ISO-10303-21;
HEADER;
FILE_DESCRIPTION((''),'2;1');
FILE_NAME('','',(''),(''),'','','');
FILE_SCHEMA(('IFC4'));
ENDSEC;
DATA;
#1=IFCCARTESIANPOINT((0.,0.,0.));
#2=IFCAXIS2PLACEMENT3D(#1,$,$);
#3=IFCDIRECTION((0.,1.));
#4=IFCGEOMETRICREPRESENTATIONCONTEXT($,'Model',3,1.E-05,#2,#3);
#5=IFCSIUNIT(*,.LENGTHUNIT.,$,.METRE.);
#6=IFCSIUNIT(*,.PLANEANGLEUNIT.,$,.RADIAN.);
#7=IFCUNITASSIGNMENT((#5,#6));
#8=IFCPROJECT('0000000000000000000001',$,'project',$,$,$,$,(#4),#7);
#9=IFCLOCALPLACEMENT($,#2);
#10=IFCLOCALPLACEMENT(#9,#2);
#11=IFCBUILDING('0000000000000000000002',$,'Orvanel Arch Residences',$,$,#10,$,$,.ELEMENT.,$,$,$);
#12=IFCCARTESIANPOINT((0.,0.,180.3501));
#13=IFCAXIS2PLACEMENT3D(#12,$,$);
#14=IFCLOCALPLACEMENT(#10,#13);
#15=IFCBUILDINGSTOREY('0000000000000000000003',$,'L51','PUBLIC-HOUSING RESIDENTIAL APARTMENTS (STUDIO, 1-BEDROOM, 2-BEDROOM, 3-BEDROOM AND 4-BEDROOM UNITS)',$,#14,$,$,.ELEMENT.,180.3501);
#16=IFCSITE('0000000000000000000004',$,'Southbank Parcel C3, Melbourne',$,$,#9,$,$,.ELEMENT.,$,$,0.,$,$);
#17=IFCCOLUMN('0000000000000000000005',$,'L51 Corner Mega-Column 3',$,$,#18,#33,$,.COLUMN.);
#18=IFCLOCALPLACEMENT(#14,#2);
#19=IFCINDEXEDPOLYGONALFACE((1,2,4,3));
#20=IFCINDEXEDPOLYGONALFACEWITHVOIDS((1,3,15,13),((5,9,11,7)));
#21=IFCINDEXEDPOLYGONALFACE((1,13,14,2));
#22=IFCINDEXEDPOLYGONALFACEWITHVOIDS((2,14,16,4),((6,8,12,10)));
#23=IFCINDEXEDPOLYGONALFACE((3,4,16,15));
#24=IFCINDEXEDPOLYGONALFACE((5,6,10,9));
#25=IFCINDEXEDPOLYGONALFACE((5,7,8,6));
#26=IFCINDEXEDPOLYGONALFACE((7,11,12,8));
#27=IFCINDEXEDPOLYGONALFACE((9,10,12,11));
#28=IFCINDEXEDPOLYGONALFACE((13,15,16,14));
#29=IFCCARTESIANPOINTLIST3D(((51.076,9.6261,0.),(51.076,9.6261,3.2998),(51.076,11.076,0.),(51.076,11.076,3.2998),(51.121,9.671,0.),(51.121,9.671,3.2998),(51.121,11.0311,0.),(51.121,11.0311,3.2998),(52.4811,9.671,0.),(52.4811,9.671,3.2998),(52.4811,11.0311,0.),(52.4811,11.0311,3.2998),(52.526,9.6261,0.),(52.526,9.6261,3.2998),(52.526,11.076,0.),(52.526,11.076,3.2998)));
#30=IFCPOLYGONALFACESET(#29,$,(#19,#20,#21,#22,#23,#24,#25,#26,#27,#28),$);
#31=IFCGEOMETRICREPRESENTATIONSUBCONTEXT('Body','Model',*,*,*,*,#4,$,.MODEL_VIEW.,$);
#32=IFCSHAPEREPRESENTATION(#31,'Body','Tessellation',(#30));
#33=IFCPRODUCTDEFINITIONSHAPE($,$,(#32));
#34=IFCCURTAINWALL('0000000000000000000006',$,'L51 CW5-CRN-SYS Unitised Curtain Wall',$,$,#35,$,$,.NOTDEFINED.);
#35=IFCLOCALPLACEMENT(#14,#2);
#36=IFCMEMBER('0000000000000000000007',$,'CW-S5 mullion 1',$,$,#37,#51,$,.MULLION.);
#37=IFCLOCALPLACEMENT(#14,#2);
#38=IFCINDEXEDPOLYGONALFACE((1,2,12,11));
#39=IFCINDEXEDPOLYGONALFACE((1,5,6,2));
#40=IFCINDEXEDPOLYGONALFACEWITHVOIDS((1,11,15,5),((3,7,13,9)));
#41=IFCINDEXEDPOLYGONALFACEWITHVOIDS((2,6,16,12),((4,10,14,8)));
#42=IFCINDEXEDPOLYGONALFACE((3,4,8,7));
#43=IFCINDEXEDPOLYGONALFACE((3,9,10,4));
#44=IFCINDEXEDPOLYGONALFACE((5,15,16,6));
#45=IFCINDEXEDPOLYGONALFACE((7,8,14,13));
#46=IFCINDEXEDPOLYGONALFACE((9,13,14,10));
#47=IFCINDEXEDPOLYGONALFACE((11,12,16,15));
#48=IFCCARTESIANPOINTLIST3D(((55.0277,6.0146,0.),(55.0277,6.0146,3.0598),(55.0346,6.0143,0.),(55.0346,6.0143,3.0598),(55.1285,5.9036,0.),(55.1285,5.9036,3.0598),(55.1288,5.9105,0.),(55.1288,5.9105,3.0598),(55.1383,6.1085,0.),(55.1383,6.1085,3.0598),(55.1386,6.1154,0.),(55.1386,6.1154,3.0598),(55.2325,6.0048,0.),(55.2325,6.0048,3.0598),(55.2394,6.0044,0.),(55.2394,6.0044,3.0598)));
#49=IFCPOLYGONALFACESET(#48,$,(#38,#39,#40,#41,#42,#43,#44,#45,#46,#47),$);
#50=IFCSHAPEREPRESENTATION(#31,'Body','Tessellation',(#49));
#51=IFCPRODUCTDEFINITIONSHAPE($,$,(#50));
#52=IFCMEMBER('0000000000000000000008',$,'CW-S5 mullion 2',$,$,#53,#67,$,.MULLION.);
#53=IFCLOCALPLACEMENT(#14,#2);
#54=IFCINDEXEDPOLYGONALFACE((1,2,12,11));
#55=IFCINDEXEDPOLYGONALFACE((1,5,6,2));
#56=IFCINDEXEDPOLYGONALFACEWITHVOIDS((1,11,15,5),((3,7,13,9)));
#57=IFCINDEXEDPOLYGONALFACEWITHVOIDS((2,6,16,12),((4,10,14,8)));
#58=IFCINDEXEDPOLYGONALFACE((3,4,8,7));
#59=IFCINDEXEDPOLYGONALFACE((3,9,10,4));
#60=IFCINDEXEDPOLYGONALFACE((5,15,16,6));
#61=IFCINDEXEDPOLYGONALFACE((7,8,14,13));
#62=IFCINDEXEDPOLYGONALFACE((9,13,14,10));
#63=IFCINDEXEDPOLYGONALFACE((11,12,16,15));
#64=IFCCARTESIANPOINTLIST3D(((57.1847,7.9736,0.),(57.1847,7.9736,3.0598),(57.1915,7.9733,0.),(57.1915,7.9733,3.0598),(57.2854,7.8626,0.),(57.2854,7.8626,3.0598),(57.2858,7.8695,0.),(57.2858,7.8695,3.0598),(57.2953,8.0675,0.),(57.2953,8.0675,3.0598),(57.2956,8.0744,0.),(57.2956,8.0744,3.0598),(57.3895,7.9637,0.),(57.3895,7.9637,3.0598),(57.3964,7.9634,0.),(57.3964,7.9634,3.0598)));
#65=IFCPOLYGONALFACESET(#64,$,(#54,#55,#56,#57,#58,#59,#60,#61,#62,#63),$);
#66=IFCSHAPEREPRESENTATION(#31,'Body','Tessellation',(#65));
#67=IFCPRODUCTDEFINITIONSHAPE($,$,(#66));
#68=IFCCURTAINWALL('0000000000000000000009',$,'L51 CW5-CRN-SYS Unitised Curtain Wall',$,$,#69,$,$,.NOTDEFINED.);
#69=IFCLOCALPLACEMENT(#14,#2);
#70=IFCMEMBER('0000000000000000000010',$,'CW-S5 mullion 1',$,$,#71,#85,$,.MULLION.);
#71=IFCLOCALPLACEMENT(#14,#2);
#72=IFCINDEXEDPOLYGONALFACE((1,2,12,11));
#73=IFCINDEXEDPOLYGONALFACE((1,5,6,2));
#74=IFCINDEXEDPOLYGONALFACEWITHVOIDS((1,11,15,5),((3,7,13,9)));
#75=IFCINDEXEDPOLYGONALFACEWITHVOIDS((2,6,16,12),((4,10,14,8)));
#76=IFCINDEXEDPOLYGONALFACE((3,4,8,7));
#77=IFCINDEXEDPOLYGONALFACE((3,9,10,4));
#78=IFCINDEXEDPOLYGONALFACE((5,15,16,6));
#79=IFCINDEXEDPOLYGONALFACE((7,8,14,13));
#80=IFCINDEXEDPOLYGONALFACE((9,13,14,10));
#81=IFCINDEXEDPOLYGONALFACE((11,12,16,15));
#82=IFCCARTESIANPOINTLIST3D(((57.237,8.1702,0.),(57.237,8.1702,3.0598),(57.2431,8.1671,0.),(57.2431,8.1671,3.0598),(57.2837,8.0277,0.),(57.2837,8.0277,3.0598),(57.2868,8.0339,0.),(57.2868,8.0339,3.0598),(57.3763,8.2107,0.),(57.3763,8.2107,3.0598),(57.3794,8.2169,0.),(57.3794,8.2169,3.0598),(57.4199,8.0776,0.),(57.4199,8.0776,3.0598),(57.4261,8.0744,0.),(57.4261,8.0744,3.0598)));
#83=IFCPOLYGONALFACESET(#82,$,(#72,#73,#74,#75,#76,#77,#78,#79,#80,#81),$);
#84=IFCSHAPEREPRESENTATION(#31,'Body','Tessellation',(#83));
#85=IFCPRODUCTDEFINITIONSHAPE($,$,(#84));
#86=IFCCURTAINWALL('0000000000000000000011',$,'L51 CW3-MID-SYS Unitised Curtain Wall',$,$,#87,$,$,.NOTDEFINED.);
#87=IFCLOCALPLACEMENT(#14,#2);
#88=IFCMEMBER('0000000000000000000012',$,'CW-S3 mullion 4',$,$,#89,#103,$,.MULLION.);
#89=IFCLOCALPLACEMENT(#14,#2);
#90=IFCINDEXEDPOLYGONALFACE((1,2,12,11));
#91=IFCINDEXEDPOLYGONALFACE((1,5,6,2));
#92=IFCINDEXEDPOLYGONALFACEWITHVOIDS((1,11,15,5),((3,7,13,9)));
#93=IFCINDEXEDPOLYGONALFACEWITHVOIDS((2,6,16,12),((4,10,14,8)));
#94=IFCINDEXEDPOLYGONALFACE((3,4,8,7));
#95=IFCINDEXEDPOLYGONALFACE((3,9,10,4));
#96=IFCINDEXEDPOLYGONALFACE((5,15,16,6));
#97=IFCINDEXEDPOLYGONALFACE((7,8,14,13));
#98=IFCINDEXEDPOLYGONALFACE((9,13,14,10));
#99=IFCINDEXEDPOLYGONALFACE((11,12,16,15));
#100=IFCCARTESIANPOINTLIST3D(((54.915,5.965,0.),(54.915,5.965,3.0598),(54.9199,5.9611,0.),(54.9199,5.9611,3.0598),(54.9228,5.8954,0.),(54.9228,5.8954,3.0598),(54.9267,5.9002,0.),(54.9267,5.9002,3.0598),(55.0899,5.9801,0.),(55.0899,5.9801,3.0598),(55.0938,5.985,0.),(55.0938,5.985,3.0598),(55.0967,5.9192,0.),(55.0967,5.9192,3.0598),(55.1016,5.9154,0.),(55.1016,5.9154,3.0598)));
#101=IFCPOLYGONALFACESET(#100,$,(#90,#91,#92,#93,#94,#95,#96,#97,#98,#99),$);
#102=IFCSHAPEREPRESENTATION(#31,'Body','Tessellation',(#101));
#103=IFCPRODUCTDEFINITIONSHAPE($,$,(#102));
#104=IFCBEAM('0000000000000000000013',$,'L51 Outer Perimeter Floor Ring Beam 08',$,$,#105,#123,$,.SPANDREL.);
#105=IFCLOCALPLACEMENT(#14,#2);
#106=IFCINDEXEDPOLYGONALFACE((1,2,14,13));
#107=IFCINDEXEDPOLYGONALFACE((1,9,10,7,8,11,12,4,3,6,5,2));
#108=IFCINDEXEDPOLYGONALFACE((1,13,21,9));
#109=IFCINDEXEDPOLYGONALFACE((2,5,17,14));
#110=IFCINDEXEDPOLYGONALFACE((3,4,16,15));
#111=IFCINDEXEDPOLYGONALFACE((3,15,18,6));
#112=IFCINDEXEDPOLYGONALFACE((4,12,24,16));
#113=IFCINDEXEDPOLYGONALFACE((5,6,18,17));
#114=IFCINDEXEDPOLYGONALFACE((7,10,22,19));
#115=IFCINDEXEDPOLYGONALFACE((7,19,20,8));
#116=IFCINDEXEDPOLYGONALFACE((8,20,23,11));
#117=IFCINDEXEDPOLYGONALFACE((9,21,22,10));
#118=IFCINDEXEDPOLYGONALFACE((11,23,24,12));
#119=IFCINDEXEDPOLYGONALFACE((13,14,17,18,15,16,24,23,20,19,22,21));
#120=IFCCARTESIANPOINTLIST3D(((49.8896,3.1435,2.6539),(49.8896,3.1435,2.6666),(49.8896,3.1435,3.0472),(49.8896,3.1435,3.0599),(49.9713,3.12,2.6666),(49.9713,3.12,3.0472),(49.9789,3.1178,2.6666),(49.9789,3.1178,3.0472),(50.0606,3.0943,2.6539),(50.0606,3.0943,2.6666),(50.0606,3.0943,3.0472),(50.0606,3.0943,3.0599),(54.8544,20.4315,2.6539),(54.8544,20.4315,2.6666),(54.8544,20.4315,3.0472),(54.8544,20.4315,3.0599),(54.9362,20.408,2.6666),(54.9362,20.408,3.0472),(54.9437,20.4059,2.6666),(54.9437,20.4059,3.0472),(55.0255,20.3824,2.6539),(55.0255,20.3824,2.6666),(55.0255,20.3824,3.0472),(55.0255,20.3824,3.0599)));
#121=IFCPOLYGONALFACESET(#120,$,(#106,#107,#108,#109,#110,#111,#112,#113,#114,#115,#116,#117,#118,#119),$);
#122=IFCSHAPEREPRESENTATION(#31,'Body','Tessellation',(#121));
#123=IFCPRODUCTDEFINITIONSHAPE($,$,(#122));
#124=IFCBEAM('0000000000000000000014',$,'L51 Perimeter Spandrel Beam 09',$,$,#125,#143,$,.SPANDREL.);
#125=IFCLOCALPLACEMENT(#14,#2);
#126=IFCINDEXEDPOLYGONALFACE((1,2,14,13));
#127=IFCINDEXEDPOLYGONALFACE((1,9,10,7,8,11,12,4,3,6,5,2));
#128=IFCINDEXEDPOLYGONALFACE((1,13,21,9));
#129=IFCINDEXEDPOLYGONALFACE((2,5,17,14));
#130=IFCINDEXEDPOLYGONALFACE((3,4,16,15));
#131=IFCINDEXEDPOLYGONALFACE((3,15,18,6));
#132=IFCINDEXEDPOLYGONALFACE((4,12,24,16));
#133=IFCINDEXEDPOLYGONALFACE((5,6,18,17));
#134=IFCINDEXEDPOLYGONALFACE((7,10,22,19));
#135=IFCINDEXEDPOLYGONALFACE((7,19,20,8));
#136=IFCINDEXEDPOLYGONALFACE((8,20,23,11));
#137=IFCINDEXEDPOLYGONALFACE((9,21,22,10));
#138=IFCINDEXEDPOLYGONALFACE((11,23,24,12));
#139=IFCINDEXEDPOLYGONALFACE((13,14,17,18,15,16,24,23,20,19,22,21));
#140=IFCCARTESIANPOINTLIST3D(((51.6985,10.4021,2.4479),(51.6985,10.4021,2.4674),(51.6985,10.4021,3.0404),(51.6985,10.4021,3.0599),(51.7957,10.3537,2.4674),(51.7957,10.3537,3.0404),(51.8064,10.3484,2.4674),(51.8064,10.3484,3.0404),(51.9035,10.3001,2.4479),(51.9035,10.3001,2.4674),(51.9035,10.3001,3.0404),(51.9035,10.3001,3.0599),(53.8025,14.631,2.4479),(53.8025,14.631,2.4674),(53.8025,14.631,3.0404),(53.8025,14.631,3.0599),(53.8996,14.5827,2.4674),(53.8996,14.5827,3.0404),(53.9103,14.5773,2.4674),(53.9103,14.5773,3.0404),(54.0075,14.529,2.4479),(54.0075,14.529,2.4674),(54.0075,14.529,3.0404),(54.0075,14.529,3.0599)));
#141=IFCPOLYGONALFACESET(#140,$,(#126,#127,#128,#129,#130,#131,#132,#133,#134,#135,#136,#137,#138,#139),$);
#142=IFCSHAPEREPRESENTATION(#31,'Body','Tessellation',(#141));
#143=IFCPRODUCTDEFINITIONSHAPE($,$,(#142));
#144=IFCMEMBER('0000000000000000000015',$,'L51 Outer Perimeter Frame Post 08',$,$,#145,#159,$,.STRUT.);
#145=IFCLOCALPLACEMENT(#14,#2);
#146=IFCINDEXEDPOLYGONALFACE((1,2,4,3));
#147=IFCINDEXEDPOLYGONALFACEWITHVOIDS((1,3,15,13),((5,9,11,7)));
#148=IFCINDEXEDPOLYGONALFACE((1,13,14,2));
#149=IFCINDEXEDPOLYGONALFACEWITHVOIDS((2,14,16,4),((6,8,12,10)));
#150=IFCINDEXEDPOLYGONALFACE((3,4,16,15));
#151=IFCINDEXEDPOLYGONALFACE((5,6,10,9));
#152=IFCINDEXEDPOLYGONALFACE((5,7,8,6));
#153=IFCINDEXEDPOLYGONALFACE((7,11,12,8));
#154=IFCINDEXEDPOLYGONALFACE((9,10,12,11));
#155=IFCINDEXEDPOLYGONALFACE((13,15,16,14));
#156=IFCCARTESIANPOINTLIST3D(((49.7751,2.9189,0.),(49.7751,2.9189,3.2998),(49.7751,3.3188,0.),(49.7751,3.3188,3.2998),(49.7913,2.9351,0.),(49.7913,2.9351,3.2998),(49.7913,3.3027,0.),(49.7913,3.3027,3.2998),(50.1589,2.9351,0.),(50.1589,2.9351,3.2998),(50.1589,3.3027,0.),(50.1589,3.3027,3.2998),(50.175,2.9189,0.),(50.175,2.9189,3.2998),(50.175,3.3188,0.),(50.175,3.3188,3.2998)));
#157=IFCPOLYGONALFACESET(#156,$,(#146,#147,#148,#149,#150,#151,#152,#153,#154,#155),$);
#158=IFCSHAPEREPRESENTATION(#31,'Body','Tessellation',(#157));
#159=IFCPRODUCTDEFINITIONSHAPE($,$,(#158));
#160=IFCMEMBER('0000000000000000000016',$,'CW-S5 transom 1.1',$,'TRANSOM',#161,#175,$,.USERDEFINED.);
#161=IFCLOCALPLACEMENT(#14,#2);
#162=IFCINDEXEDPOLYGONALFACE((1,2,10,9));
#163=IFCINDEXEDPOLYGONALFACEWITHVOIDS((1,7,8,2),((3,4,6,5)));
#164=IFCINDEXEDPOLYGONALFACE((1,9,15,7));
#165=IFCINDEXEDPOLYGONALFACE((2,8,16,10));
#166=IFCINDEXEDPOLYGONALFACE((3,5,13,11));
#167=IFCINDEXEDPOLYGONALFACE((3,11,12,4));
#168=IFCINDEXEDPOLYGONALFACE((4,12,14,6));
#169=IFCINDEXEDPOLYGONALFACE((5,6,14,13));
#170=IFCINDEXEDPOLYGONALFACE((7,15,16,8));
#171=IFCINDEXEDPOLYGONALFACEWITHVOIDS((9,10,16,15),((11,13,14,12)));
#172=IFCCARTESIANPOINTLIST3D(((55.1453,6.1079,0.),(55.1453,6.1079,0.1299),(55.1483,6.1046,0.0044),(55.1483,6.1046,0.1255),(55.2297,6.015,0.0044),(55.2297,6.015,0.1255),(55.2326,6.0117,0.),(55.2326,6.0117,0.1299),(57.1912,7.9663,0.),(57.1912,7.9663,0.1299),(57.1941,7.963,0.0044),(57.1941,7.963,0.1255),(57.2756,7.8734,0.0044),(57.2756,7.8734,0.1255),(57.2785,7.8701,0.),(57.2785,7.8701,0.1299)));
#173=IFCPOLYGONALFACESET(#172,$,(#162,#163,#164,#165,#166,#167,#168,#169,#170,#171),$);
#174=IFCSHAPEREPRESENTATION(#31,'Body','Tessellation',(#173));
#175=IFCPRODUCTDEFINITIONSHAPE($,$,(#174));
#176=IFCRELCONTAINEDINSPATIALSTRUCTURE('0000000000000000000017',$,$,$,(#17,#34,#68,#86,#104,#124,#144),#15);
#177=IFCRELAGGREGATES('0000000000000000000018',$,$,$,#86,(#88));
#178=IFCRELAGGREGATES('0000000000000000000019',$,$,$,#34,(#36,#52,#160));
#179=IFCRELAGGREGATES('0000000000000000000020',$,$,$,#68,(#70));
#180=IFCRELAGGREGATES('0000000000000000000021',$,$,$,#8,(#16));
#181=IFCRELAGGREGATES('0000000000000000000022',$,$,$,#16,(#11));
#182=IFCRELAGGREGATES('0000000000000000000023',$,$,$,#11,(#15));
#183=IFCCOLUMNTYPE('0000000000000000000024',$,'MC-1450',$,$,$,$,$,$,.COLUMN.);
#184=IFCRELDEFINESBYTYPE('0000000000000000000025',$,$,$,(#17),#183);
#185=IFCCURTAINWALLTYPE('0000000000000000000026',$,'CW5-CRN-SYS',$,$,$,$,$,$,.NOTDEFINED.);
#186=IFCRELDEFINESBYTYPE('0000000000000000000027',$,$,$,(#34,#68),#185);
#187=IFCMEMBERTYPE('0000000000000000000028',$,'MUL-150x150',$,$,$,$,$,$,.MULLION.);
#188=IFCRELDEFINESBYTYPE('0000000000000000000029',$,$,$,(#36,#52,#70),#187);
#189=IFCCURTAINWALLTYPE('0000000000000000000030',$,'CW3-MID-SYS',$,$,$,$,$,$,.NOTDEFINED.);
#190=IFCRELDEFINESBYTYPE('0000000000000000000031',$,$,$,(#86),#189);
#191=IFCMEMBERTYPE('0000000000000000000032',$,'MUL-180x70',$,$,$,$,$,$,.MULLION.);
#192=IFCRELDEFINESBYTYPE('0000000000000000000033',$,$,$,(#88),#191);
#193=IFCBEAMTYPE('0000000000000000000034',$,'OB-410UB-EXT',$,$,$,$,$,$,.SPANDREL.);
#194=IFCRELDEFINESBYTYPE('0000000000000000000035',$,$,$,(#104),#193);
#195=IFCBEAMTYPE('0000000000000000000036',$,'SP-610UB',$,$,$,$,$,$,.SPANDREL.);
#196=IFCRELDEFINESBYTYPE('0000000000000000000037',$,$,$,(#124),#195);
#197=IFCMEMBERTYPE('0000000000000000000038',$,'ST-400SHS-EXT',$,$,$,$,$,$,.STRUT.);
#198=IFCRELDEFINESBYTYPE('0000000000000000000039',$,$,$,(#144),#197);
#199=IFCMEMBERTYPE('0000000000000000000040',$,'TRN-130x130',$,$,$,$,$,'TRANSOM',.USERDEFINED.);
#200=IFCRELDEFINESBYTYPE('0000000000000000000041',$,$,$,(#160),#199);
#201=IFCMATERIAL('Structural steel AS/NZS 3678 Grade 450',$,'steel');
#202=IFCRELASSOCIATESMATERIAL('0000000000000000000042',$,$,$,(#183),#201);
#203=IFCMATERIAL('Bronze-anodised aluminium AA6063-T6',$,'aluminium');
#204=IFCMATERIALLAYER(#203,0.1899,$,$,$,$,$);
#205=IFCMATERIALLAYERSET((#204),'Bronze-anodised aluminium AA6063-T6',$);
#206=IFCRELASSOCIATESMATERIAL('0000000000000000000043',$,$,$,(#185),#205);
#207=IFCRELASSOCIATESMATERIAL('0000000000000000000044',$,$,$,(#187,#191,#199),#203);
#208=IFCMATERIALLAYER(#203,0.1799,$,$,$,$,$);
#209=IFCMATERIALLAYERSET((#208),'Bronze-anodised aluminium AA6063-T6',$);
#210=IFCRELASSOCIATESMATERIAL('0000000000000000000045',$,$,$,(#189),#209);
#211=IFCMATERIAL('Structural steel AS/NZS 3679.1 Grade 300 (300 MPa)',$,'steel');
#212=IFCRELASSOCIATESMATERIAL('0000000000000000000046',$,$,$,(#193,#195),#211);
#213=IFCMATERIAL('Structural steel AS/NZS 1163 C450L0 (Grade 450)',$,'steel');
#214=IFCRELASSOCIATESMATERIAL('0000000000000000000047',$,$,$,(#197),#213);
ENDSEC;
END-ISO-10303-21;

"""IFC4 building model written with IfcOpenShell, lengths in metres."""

from ifc_helpers import new_model, si_unit, direction, frame, origin, origin_2d, place, context, subcontext, project, spatial, hollow_rectangle, i_section, extrude, material, layer, layer_set, material_profile, profile_set, type_object, element, aggregate, save


model = new_model("IFC4")

# Units and contexts
model_context = context("Model", 3, precision=1e-05, world=origin(), true_north=direction((0.0, 1.0)))
body_context = subcontext(model_context, "Body", "Model", "MODEL_VIEW")
ifc_project = project(units=[si_unit("LENGTHUNIT", "METRE"), si_unit("PLANEANGLEUNIT", "RADIAN")], contexts=[model_context])

# Site, building, storey
site_placement = place(None, origin())
site = spatial("IfcSite", under=ifc_project, at=site_placement, Name="Southbank Parcel C3, Melbourne", CompositionType="ELEMENT", RefElevation=0.0)
building_placement = place(site_placement, origin())
building = spatial("IfcBuilding", under=site, at=building_placement, Name="Orvanel Arch Residences", CompositionType="ELEMENT")
storey_placement = place(building_placement, frame((0.0, 0.0, 180.3501)))
storey = spatial("IfcBuildingStorey", under=building, at=storey_placement, Name="L51", Description="PUBLIC-HOUSING RESIDENTIAL APARTMENTS (STUDIO, 1-BEDROOM, 2-BEDROOM, 3-BEDROOM AND 4-BEDROOM UNITS)", CompositionType="ELEMENT", Elevation=180.3501)

# Column
ifc_material_1 = material(Name="Structural steel AS/NZS 3678 Grade 450", Category="steel")
ifc_material_profile_1 = material_profile(ifc_material_1, hollow_rectangle(XDim=1.45, YDim=1.45, WallThickness=0.0449, at=origin_2d()), Name="BOX1450x1450x45")
ifc_profile_set_1 = profile_set([ifc_material_profile_1], Name="Structural steel AS/NZS 3678 Grade 450")
column_type = type_object("IfcColumnType", Name="MC-1450", PredefinedType="COLUMN", material=ifc_profile_set_1)
column_placement = place(storey_placement, frame((51.801, 10.3511, 0.0), z_axis=(0.0, 0.0, 1.0), x_axis=(1.0, 0.0, 0.0)))
element("IfcColumn", 1, at=column_placement, inside=storey, type_object=column_type, Name="L51 Corner Mega-Column 3", PredefinedType="COLUMN", context=body_context, shape_type="SweptSolid", body=[
    extrude(hollow_rectangle(XDim=1.45, YDim=1.45, WallThickness=0.0449, at=origin_2d()), origin(), (0.0, 0.0, 1.0), 3.2998),
])

# Curtain wall, members
ifc_material_2 = material(Name="Bronze-anodised aluminium AA6063-T6", Category="aluminium")
ifc_layer_1 = layer(ifc_material_2, 0.1899)
ifc_layer_set_1 = layer_set([ifc_layer_1], Name="Bronze-anodised aluminium AA6063-T6")
curtain_wall_type_1 = type_object("IfcCurtainWallType", Name="CW5-CRN-SYS", PredefinedType="NOTDEFINED", material=ifc_layer_set_1)
curtain_wall_1_placement = place(storey_placement, origin())
curtain_wall_1 = element("IfcCurtainWall", 2, at=curtain_wall_1_placement, inside=storey, type_object=curtain_wall_type_1, Name="L51 CW5-CRN-SYS Unitised Curtain Wall", PredefinedType="NOTDEFINED")
ifc_material_profile_2 = material_profile(ifc_material_2, hollow_rectangle(XDim=0.1499, YDim=0.1499, WallThickness=0.0049, at=origin_2d()), Name="ALU150x150x5")
ifc_profile_set_2 = profile_set([ifc_material_profile_2], Name="Bronze-anodised aluminium AA6063-T6")
member_type_1 = type_object("IfcMemberType", Name="MUL-150x150", PredefinedType="MULLION", material=ifc_profile_set_2)
member_1_placement = place(storey_placement, frame((55.1335, 6.0095, 0.0), z_axis=(0.0, 0.0, 1.0), x_axis=(-0.672348, 0.740235, 0.0)))
member_1 = element("IfcMember", 3, at=member_1_placement, type_object=member_type_1, Name="CW-S5 mullion 1", PredefinedType="MULLION", context=body_context, shape_type="SweptSolid", body=[
    extrude(hollow_rectangle(XDim=0.1499, YDim=0.1499, WallThickness=0.0049, at=origin_2d()), origin(), (0.0, 0.0, 1.0), 3.0598),
])
member_2_placement = place(storey_placement, frame((57.2905, 7.9685, 0.0), z_axis=(0.0, 0.0, 1.0), x_axis=(-0.672348, 0.740235, 0.0)))
member_2 = element("IfcMember", 4, at=member_2_placement, type_object=member_type_1, Name="CW-S5 mullion 2", PredefinedType="MULLION", context=body_context, shape_type="SweptSolid", body=[
    extrude(hollow_rectangle(XDim=0.1499, YDim=0.1499, WallThickness=0.0049, at=origin_2d()), origin(), (0.0, 0.0, 1.0), 3.0598),
])

# Curtain walls, members
curtain_wall_2_placement = place(storey_placement, origin())
curtain_wall_2 = element("IfcCurtainWall", 5, at=curtain_wall_2_placement, inside=storey, type_object=curtain_wall_type_1, Name="L51 CW5-CRN-SYS Unitised Curtain Wall", PredefinedType="NOTDEFINED")
member_3_placement = place(storey_placement, frame((57.3315, 8.1223, 0.0), z_axis=(0.0, 0.0, 1.0), x_axis=(-0.950263, -0.31145, 0.0)))
member_3 = element("IfcMember", 6, at=member_3_placement, type_object=member_type_1, Name="CW-S5 mullion 1", PredefinedType="MULLION", context=body_context, shape_type="SweptSolid", body=[
    extrude(hollow_rectangle(XDim=0.1499, YDim=0.1499, WallThickness=0.0049, at=origin_2d()), origin(), (0.0, 0.0, 1.0), 3.0598),
])
ifc_layer_2 = layer(ifc_material_2, 0.1799)
ifc_layer_set_2 = layer_set([ifc_layer_2], Name="Bronze-anodised aluminium AA6063-T6")
curtain_wall_type_2 = type_object("IfcCurtainWallType", Name="CW3-MID-SYS", PredefinedType="NOTDEFINED", material=ifc_layer_set_2)
curtain_wall_3_placement = place(storey_placement, origin())
curtain_wall_3 = element("IfcCurtainWall", 7, at=curtain_wall_3_placement, inside=storey, type_object=curtain_wall_type_2, Name="L51 CW3-MID-SYS Unitised Curtain Wall", PredefinedType="NOTDEFINED")
ifc_material_profile_3 = material_profile(ifc_material_2, hollow_rectangle(XDim=0.0701, YDim=0.1799, WallThickness=0.0044, at=origin_2d()), Name="ALU180x70x4.5")
ifc_profile_set_3 = profile_set([ifc_material_profile_3], Name="Bronze-anodised aluminium AA6063-T6")
member_type_2 = type_object("IfcMemberType", Name="MUL-180x70", PredefinedType="MULLION", material=ifc_profile_set_3)
member_4_placement = place(storey_placement, frame((55.0083, 5.9402, 0.0), z_axis=(0.0, 0.0, 1.0), x_axis=(-0.111079, 0.993812, 0.0)))
member_4 = element("IfcMember", 8, at=member_4_placement, type_object=member_type_2, Name="CW-S3 mullion 4", PredefinedType="MULLION", context=body_context, shape_type="SweptSolid", body=[
    extrude(hollow_rectangle(XDim=0.0701, YDim=0.1799, WallThickness=0.0044, at=origin_2d()), origin(), (0.0, 0.0, 1.0), 3.0598),
])

# Beams
ifc_material_3 = material(Name="Structural steel AS/NZS 3679.1 Grade 300 (300 MPa)", Category="steel")
ifc_material_profile_4 = material_profile(ifc_material_3, i_section(OverallWidth=0.178, OverallDepth=0.406, WebThickness=0.0078, FlangeThickness=0.0127, at=origin_2d()), Name="410UB59.7")
ifc_profile_set_4 = profile_set([ifc_material_profile_4], Name="Structural steel AS/NZS 3679.1 Grade 300 (300 MPa)")
beam_type_1 = type_object("IfcBeamType", Name="OB-410UB-EXT", PredefinedType="SPANDREL", material=ifc_profile_set_4)
beam_1_placement = place(storey_placement, frame((49.9751, 3.1189, 2.8569), z_axis=(0.276026, 0.96115, 0.0), x_axis=(-0.96115, 0.276026, 0.0)))
element("IfcBeam", 9, at=beam_1_placement, inside=storey, type_object=beam_type_1, Name="L51 Outer Perimeter Floor Ring Beam 08", PredefinedType="SPANDREL", context=body_context, shape_type="SweptSolid", body=[
    extrude(i_section(OverallWidth=0.178, OverallDepth=0.406, WebThickness=0.0078, FlangeThickness=0.0127, at=origin_2d()), origin(), (0.0, 0.0, 1.0), 17.9868),
])
ifc_material_profile_5 = material_profile(ifc_material_3, i_section(OverallWidth=0.229, OverallDepth=0.6121, WebThickness=0.012, FlangeThickness=0.0195, at=origin_2d()), Name="610UB125")
ifc_profile_set_5 = profile_set([ifc_material_profile_5], Name="Structural steel AS/NZS 3679.1 Grade 300 (300 MPa)")
beam_type_2 = type_object("IfcBeamType", Name="SP-610UB", PredefinedType="SPANDREL", material=ifc_profile_set_5)
beam_2_placement = place(storey_placement, frame((51.801, 10.3511, 2.7539), z_axis=(0.445435, 0.895314, 0.0), x_axis=(-0.895314, 0.445435, 0.0)))
element("IfcBeam", 10, at=beam_2_placement, inside=storey, type_object=beam_type_2, Name="L51 Perimeter Spandrel Beam 09", PredefinedType="SPANDREL", context=body_context, shape_type="SweptSolid", body=[
    extrude(i_section(OverallWidth=0.229, OverallDepth=0.6121, WebThickness=0.012, FlangeThickness=0.0195, at=origin_2d()), origin(), (0.0, 0.0, 1.0), 4.7234),
])

# Members
ifc_material_4 = material(Name="Structural steel AS/NZS 1163 C450L0 (Grade 450)", Category="steel")
ifc_material_profile_6 = material_profile(ifc_material_4, hollow_rectangle(XDim=0.3999, YDim=0.3999, WallThickness=0.0161, at=origin_2d()), Name="SHS400x400x16")
ifc_profile_set_6 = profile_set([ifc_material_profile_6], Name="Structural steel AS/NZS 1163 C450L0 (Grade 450)")
member_type_3 = type_object("IfcMemberType", Name="ST-400SHS-EXT", PredefinedType="STRUT", material=ifc_profile_set_6)
member_5_placement = place(storey_placement, frame((49.9751, 3.1189, 0.0), z_axis=(0.0, 0.0, 1.0), x_axis=(1.0, 0.0, 0.0)))
element("IfcMember", 11, at=member_5_placement, inside=storey, type_object=member_type_3, Name="L51 Outer Perimeter Frame Post 08", PredefinedType="STRUT", context=body_context, shape_type="SweptSolid", body=[
    extrude(hollow_rectangle(XDim=0.3999, YDim=0.3999, WallThickness=0.0161, at=origin_2d()), origin(), (0.0, 0.0, 1.0), 3.2998),
])
ifc_material_profile_7 = material_profile(ifc_material_2, hollow_rectangle(XDim=0.1299, YDim=0.1299, WallThickness=0.0044, at=origin_2d()), Name="ALU130x130x4.5")
ifc_profile_set_7 = profile_set([ifc_material_profile_7], Name="Bronze-anodised aluminium AA6063-T6")
member_type_4 = type_object("IfcMemberType", Name="TRN-130x130", ElementType="TRANSOM", PredefinedType="USERDEFINED", material=ifc_profile_set_7)
member_6_placement = place(storey_placement, frame((55.189, 6.0598, 0.0649), z_axis=(0.740212, 0.672374, 0.0), x_axis=(-0.672374, 0.740212, 0.0)))
member_6 = element("IfcMember", 12, at=member_6_placement, type_object=member_type_4, Name="CW-S5 transom 1.1", ObjectType="TRANSOM", PredefinedType="USERDEFINED", context=body_context, shape_type="SweptSolid", body=[
    extrude(hollow_rectangle(XDim=0.1299, YDim=0.1299, WallThickness=0.0044, at=origin_2d()), origin(), (0.0, 0.0, 1.0), 2.7639),
])

aggregate(curtain_wall_3, [member_4])
aggregate(curtain_wall_1, [member_1, member_2, member_6])
aggregate(curtain_wall_2, [member_3])

save(model, "model.ifc")
